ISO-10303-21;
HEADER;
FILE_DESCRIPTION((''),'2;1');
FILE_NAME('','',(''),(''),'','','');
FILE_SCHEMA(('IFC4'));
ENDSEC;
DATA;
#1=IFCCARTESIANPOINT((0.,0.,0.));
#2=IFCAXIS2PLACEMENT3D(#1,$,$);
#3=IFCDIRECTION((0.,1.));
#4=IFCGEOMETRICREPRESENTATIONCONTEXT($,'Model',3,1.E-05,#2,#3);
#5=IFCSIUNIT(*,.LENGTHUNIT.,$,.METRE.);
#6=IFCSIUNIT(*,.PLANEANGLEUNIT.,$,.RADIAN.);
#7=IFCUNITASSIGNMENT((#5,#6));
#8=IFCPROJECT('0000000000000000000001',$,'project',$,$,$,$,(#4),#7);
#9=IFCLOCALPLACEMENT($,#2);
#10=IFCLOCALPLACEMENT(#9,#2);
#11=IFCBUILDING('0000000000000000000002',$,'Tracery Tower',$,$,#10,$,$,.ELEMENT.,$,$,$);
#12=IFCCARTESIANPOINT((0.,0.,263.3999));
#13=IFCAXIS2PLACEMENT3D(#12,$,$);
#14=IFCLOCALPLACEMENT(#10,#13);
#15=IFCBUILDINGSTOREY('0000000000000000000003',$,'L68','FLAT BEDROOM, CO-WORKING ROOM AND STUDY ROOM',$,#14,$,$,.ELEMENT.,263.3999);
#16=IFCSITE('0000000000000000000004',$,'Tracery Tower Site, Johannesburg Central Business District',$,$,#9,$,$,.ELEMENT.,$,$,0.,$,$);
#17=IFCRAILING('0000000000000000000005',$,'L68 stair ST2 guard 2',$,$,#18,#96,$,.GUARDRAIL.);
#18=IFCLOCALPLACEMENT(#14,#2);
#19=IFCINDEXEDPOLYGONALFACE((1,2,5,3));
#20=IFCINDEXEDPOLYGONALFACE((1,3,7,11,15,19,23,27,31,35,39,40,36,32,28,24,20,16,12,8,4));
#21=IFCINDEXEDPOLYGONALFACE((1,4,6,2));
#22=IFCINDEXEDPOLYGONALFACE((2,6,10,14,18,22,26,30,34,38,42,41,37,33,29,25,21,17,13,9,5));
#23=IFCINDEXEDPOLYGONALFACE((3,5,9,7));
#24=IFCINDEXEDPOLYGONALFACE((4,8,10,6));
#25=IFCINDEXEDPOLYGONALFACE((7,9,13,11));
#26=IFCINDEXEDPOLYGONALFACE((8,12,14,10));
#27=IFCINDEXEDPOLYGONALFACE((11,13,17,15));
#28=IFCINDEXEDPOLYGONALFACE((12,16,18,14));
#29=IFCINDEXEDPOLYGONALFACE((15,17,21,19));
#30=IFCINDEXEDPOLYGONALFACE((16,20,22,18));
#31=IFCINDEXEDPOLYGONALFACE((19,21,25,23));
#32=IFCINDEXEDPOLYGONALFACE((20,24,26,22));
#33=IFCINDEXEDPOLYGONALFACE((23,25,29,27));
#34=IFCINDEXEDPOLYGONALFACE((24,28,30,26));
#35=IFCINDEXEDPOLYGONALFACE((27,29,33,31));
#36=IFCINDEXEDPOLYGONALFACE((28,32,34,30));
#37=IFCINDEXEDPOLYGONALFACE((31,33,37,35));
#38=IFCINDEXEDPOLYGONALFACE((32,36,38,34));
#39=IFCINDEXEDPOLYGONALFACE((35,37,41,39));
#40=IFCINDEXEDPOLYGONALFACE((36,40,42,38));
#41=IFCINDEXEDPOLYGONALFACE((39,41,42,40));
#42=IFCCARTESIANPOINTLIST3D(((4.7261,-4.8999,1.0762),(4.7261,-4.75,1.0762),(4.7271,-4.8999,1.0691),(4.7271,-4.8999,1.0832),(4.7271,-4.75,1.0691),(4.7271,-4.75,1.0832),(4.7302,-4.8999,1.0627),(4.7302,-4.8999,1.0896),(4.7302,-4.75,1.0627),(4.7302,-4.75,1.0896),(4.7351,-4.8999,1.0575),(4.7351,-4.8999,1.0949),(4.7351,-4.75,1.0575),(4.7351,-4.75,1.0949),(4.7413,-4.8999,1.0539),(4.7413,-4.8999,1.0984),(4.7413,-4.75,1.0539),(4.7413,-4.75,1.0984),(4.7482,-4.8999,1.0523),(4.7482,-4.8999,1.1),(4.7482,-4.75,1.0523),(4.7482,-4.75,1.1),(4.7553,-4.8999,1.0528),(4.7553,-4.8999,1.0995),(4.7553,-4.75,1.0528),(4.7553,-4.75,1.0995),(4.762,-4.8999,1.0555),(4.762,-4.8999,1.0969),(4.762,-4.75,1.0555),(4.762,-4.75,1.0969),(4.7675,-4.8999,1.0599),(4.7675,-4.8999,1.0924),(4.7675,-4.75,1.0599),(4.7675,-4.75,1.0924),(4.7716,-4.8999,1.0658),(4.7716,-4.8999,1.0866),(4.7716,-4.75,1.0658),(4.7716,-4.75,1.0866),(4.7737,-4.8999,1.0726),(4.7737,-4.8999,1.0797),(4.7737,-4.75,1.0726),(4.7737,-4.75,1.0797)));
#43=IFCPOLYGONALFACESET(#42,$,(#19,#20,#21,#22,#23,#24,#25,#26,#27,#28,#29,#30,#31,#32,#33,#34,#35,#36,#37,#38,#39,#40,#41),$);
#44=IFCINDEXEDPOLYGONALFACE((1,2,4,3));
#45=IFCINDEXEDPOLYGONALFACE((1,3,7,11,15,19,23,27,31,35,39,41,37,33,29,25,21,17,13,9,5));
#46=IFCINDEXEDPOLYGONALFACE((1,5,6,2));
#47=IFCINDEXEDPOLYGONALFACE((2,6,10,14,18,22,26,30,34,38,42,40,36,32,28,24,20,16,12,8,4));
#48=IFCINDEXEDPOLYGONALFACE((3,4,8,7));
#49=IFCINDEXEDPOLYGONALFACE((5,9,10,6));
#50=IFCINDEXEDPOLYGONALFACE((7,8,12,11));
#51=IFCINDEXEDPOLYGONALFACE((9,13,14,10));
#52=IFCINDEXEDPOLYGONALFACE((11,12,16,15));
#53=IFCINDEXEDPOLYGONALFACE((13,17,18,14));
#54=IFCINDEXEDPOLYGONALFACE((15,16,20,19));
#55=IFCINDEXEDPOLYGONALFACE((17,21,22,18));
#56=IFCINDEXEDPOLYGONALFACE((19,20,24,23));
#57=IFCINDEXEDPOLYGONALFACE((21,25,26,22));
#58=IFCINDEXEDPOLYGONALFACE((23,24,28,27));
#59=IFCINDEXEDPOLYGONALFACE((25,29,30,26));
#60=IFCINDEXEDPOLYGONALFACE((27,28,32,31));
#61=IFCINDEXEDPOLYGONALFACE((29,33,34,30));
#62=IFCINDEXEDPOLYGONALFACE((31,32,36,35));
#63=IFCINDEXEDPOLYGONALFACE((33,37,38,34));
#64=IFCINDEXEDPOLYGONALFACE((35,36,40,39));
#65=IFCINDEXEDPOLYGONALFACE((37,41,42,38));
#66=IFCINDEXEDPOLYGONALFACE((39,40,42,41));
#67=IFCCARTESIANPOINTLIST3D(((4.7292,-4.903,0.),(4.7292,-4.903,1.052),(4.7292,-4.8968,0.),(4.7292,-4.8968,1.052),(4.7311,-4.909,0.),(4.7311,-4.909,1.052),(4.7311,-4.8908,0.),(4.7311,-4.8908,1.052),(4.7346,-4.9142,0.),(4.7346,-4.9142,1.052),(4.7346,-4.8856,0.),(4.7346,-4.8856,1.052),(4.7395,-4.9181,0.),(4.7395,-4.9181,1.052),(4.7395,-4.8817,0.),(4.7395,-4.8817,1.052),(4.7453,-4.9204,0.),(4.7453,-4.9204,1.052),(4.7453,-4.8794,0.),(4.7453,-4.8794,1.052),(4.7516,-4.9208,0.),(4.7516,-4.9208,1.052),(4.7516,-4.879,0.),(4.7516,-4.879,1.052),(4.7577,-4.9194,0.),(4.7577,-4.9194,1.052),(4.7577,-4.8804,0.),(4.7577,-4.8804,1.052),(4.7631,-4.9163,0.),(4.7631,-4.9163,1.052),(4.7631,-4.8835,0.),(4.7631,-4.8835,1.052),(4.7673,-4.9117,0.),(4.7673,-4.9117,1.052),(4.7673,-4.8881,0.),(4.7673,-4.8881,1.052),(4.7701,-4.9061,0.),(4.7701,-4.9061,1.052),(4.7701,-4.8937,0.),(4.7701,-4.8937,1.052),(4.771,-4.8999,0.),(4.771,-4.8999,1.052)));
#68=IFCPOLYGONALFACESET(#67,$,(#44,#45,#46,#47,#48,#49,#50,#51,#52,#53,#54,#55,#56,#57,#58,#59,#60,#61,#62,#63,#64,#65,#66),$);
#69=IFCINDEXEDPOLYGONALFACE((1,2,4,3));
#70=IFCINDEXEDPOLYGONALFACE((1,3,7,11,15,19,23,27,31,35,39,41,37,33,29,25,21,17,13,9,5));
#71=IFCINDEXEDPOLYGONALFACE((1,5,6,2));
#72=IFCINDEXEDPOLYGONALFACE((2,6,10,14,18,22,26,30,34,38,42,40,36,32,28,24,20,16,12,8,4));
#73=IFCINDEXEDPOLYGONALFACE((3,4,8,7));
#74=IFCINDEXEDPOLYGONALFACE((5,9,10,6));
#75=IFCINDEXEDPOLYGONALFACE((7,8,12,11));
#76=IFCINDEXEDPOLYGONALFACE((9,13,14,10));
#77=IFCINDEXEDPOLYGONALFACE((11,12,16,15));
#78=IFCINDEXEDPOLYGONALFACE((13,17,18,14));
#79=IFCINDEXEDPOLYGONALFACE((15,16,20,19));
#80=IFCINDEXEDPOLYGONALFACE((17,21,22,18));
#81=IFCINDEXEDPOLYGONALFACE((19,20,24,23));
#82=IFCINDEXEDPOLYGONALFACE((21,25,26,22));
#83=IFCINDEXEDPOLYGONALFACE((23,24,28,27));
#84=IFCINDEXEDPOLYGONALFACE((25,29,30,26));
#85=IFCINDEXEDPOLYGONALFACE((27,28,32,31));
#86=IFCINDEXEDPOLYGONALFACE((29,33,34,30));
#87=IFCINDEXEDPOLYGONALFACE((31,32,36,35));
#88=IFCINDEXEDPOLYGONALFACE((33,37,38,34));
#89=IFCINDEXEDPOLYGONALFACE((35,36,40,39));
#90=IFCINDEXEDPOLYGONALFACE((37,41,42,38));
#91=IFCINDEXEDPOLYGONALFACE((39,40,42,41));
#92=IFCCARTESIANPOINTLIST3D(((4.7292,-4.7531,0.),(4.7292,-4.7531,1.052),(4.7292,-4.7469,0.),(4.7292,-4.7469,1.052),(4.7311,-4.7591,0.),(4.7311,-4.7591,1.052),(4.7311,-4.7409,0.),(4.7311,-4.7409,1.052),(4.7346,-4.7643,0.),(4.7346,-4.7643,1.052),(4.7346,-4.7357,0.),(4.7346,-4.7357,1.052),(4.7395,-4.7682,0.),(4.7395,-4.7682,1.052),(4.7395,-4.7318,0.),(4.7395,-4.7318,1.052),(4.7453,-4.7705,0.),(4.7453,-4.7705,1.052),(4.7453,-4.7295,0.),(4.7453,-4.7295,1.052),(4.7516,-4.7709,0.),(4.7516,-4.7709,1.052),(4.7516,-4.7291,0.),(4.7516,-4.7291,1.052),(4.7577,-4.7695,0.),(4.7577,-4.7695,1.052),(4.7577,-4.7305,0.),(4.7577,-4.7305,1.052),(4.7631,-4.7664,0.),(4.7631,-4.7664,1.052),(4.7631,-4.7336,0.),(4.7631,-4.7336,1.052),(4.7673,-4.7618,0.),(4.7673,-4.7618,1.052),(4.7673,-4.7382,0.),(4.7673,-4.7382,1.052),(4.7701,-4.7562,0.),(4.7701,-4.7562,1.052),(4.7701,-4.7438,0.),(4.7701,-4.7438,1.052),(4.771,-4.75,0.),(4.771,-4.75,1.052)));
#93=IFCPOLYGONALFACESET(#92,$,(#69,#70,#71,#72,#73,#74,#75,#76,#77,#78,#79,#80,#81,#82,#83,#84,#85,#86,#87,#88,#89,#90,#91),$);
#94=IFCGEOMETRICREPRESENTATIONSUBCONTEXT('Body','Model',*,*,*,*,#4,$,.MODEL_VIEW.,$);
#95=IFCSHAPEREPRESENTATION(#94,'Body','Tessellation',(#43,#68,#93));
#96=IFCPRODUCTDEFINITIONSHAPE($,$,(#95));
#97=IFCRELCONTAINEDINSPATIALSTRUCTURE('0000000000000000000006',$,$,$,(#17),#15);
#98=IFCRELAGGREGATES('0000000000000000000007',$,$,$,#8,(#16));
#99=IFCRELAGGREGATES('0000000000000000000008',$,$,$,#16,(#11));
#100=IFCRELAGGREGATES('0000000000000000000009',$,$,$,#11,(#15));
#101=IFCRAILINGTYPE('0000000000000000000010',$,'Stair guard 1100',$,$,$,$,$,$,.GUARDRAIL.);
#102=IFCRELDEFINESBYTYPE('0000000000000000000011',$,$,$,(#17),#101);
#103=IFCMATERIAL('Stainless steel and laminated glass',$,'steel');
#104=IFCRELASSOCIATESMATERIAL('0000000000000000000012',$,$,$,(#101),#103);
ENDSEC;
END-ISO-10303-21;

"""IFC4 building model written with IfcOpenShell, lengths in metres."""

from ifc_helpers import new_model, si_unit, direction, frame, origin, origin_2d, place, context, subcontext, project, spatial, circle, extrude, material, type_object, element, save


model = new_model("IFC4")

# Units and contexts
model_context = context("Model", 3, precision=1e-05, world=origin(), true_north=direction((0.0, 1.0)))
body_context = subcontext(model_context, "Body", "Model", "MODEL_VIEW")
ifc_project = project(units=[si_unit("LENGTHUNIT", "METRE"), si_unit("PLANEANGLEUNIT", "RADIAN")], contexts=[model_context])

# Site, building, storey
site_placement = place(None, origin())
site = spatial("IfcSite", under=ifc_project, at=site_placement, Name="Tracery Tower Site, Johannesburg Central Business District", CompositionType="ELEMENT", RefElevation=0.0)
building_placement = place(site_placement, origin())
building = spatial("IfcBuilding", under=site, at=building_placement, Name="Tracery Tower", CompositionType="ELEMENT")
storey_placement = place(building_placement, frame((0.0, 0.0, 263.3999)))
storey = spatial("IfcBuildingStorey", under=building, at=storey_placement, Name="L68", Description="FLAT BEDROOM, CO-WORKING ROOM AND STUDY ROOM", CompositionType="ELEMENT", Elevation=263.3999)

# Railing
ifc_material_1 = material(Name="Stainless steel and laminated glass", Category="steel")
railing_type_1 = type_object("IfcRailingType", Name="Stair guard 1100", PredefinedType="GUARDRAIL", material=ifc_material_1)
railing_1_placement = place(storey_placement, frame((4.75, -4.8999, 0.0)))
element("IfcRailing", 1, at=railing_1_placement, inside=storey, type_object=railing_type_1, Name="L68 stair ST2 guard 2", PredefinedType="GUARDRAIL", context=body_context, shape_type="SweptSolid", body=[
    extrude(circle(Radius=0.0239, at=origin_2d()), frame((0.0, 0.0, 1.0762), z_axis=(0.0, 1.0, 0.0), x_axis=(-1.0, 0.0, 0.0)), (0.0, 0.0, 1.0), 0.1499),
    extrude(circle(Radius=0.021, at=origin_2d()), origin(), (0.0, 0.0, 1.0), 1.052),
    extrude(circle(Radius=0.021, at=origin_2d()), frame((0.0, 0.1499, 0.0)), (0.0, 0.0, 1.0), 1.052),
])

save(model, "model.ifc")
